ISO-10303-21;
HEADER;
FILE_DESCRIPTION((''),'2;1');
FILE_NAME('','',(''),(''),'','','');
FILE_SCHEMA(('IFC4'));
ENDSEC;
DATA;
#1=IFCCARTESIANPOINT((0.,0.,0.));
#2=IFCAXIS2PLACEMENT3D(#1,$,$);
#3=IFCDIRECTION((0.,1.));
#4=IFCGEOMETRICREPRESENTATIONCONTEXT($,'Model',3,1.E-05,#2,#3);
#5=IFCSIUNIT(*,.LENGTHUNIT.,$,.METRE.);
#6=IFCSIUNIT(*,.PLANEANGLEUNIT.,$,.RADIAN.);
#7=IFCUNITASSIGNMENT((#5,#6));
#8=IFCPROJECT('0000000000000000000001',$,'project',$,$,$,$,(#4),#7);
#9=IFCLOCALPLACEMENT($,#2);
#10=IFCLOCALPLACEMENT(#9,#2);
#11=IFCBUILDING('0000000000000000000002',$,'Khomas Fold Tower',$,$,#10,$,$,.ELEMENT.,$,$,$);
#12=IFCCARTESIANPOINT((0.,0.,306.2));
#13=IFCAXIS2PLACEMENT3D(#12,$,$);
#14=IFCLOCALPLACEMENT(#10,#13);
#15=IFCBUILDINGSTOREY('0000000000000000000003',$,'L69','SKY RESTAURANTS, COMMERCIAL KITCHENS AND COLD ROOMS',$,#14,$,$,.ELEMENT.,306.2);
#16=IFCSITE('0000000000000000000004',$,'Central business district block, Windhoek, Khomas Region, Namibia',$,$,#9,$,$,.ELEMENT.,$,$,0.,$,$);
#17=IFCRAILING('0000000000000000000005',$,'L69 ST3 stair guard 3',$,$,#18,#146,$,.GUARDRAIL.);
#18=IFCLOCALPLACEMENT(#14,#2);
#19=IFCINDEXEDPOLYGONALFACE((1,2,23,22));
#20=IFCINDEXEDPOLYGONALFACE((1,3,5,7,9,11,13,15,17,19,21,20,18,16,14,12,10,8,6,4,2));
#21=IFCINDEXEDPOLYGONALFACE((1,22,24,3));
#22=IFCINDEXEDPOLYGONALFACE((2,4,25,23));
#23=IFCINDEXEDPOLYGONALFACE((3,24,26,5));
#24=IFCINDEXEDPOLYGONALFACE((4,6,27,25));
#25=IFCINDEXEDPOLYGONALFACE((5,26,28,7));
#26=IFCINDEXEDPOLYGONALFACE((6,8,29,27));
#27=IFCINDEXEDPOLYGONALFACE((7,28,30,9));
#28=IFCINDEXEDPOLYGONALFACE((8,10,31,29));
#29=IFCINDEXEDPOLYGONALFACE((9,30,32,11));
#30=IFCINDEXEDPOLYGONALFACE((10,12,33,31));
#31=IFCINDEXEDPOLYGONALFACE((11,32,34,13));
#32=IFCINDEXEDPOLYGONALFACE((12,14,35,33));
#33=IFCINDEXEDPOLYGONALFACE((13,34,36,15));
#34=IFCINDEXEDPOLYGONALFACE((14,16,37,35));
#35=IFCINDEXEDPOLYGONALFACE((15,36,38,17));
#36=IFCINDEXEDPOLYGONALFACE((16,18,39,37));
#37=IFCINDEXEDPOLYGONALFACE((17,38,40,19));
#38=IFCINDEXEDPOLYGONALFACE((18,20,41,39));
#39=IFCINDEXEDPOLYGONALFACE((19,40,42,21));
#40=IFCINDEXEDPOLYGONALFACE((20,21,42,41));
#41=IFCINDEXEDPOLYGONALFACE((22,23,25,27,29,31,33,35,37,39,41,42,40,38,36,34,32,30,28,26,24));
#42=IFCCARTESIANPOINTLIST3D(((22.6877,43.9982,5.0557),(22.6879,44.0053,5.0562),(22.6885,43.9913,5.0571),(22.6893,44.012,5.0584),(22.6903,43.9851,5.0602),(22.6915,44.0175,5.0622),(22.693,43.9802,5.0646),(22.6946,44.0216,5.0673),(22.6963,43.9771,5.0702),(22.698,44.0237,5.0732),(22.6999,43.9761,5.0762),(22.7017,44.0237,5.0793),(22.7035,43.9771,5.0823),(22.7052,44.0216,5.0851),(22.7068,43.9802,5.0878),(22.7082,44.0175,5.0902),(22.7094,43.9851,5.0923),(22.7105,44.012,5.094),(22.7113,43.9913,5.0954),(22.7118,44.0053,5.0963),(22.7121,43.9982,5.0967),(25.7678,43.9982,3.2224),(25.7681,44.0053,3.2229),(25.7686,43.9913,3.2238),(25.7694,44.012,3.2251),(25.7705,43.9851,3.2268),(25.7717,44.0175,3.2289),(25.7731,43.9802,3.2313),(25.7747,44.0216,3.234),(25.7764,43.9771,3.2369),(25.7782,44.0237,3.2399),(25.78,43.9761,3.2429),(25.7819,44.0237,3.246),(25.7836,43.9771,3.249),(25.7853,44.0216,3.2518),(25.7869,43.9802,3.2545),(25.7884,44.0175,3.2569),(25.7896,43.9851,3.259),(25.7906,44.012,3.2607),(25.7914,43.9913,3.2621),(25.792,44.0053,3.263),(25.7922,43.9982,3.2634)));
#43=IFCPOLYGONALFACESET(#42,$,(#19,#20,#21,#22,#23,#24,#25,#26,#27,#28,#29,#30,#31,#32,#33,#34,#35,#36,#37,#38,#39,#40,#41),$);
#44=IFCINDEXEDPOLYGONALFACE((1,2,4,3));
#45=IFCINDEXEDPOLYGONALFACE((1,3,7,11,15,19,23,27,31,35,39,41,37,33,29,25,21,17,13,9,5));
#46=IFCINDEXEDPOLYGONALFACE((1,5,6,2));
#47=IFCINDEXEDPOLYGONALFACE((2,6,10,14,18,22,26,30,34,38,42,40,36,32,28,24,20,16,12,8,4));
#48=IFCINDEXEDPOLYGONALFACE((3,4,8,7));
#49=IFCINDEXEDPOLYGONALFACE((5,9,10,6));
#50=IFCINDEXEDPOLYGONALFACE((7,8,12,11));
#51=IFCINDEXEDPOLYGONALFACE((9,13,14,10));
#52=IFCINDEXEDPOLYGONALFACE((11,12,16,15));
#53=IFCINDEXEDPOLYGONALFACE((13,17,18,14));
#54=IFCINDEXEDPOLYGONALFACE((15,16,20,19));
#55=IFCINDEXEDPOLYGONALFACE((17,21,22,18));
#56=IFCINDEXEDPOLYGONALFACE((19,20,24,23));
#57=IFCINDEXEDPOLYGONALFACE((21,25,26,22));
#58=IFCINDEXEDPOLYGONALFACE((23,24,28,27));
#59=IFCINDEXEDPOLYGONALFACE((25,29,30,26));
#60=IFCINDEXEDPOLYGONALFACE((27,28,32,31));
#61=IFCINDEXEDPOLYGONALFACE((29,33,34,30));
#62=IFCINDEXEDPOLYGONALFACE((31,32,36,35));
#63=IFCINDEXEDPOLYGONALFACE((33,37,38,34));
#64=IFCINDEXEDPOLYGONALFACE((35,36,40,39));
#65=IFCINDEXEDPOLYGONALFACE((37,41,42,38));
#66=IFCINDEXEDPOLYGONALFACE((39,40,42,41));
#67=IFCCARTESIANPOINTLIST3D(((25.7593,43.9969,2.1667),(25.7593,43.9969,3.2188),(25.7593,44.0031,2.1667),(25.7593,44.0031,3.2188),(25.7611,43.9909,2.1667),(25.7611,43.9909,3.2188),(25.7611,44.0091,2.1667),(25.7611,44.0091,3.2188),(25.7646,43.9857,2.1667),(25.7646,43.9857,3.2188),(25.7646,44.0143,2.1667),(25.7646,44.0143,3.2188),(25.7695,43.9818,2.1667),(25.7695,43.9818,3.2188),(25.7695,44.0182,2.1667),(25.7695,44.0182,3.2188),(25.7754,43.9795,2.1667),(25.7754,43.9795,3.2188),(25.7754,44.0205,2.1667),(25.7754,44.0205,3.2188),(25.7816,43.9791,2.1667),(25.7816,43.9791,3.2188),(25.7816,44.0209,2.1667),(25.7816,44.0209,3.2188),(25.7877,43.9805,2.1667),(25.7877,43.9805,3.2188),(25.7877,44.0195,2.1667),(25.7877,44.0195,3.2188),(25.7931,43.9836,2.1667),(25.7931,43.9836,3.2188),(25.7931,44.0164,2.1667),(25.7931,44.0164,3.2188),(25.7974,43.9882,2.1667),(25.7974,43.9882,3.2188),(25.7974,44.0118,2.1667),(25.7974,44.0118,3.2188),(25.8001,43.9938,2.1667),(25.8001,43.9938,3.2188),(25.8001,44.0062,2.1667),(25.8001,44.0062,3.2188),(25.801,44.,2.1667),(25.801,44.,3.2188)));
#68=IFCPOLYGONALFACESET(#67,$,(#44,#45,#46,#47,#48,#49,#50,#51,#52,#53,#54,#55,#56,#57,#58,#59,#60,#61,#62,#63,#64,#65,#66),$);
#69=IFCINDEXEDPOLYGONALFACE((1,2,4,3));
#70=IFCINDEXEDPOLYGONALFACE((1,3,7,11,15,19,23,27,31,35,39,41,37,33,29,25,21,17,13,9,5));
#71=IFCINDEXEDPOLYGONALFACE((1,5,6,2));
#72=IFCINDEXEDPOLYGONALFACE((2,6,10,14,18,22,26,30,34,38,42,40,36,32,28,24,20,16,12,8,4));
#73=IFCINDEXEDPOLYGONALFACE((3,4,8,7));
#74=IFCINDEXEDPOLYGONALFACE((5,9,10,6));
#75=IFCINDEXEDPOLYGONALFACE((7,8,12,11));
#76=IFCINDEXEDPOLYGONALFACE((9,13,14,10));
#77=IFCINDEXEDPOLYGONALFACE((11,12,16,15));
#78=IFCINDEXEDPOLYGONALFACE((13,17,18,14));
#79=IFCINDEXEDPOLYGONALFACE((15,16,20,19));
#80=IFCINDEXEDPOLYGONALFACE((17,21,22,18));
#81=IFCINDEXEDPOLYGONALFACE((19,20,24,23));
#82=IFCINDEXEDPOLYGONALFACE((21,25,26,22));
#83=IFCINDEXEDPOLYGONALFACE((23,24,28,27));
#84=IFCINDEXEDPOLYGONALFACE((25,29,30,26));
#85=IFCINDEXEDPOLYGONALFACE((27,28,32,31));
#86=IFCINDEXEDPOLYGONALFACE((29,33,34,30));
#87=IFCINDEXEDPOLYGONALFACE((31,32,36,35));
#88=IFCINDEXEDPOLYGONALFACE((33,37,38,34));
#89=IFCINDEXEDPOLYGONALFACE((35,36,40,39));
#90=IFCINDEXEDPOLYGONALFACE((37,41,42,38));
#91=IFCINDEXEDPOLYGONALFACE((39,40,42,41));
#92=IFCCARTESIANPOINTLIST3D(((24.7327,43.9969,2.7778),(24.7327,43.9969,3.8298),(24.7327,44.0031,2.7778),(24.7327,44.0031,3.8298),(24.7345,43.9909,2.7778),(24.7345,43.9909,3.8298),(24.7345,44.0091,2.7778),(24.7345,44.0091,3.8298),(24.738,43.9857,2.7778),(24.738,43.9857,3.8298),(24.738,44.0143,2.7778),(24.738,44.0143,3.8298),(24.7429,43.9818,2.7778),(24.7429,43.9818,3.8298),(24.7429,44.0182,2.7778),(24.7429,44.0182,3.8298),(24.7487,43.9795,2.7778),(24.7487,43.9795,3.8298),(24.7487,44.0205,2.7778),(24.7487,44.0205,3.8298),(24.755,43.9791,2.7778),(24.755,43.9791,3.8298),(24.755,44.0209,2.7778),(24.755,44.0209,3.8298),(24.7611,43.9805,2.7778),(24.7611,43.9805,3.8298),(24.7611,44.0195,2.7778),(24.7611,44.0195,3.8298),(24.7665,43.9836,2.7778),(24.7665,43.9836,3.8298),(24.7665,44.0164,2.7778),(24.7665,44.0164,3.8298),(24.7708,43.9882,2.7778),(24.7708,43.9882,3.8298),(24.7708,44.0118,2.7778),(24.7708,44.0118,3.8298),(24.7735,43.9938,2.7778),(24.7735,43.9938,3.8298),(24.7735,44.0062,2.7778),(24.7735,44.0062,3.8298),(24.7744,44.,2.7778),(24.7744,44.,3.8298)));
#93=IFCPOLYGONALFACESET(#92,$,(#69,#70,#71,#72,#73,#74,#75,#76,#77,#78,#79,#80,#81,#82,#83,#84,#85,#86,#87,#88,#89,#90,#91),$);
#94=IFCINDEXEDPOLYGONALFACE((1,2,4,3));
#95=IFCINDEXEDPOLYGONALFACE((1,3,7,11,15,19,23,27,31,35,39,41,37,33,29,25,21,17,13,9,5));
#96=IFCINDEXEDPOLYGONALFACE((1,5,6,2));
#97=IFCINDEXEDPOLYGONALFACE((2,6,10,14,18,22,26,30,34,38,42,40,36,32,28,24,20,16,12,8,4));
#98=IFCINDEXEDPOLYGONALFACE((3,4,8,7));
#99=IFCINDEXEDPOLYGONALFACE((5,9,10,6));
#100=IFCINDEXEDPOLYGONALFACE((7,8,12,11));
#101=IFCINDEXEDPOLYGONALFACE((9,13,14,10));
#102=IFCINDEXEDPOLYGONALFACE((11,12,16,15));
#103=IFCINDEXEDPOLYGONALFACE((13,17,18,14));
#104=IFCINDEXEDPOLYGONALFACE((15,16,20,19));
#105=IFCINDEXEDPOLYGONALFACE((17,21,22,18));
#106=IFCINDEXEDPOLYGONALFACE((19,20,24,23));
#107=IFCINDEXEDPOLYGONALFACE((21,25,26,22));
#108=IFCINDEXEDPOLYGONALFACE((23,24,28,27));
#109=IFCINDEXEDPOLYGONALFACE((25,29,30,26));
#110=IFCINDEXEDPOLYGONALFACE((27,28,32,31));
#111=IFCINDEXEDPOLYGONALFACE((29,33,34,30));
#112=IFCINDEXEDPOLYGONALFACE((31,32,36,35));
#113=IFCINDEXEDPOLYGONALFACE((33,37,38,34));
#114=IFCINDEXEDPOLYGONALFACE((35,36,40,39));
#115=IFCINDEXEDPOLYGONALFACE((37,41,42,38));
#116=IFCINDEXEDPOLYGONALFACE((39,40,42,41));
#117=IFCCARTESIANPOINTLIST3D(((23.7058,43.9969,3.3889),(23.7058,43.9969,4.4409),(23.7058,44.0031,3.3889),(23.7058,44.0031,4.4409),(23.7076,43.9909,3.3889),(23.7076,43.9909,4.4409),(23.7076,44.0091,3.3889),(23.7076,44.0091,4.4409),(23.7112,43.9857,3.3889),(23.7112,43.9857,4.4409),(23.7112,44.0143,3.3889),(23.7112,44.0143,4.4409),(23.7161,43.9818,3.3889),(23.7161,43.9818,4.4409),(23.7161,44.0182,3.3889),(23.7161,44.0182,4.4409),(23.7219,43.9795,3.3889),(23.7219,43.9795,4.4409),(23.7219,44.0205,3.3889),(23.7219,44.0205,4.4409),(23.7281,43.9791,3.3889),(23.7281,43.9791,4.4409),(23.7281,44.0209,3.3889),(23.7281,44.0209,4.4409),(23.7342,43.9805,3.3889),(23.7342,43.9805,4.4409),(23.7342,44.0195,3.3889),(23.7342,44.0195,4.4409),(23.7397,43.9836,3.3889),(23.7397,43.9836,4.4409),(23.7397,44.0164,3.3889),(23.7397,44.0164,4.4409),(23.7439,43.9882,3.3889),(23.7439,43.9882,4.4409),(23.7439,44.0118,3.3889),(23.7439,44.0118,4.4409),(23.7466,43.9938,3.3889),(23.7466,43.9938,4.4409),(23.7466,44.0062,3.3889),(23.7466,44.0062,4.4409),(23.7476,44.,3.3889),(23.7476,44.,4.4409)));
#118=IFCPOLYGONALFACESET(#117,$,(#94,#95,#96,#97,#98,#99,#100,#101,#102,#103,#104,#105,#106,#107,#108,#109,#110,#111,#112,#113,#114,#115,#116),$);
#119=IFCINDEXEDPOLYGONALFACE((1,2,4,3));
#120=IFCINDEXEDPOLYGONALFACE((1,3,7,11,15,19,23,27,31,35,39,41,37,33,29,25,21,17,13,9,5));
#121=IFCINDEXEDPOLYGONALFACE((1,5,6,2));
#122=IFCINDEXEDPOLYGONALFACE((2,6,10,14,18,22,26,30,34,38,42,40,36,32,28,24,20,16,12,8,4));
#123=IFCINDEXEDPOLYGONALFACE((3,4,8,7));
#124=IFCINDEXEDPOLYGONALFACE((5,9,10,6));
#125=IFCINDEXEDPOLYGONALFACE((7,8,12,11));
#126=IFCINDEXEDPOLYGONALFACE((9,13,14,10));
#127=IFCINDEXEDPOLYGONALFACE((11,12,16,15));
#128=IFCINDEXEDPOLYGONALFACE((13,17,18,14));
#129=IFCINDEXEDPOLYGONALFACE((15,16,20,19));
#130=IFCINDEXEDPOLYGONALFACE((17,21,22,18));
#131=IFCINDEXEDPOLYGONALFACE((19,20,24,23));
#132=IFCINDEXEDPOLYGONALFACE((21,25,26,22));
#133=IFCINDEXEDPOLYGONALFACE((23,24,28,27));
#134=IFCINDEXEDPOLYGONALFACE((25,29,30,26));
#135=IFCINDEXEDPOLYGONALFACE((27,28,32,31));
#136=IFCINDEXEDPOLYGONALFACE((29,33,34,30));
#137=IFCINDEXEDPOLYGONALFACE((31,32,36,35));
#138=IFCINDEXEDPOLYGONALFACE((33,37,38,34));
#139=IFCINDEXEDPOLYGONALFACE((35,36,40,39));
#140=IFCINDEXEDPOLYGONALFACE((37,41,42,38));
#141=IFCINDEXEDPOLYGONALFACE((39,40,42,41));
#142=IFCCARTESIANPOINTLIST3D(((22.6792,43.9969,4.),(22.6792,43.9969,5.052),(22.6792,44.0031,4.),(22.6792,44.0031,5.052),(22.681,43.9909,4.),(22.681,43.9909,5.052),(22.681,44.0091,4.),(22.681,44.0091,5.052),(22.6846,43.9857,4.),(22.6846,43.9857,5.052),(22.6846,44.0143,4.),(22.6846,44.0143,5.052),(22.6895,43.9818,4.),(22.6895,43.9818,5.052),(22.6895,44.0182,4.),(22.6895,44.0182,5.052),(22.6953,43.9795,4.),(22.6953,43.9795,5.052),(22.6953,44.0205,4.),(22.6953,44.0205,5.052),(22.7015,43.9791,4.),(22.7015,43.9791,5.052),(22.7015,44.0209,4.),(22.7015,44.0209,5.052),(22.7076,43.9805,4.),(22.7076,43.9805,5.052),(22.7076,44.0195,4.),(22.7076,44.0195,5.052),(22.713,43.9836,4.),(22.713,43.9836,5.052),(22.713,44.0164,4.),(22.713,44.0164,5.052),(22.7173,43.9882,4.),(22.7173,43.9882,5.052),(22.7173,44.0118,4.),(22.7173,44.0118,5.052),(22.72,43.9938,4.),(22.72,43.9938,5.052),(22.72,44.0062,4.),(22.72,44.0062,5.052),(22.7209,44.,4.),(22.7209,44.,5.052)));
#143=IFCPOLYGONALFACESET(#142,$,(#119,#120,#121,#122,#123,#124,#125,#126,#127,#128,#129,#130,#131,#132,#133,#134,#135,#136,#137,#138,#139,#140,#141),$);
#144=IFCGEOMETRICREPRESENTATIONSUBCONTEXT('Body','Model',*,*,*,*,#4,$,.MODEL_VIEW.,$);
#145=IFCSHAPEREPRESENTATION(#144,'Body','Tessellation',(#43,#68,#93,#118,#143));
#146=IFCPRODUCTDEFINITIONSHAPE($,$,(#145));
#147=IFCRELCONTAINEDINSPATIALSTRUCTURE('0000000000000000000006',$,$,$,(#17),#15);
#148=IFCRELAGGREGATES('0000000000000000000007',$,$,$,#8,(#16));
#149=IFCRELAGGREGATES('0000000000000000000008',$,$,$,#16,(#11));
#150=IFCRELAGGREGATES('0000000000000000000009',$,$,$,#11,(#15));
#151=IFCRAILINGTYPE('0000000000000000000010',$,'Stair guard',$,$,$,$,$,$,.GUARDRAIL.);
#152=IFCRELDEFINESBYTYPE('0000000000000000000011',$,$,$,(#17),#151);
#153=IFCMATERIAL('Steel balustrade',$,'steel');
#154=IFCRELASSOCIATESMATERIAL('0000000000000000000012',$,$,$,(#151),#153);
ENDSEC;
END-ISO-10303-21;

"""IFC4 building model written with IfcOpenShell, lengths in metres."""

from ifc_helpers import new_model, si_unit, direction, frame, origin, origin_2d, place, context, subcontext, project, spatial, circle, extrude, source, transform, mapped, material, type_object, element, save


model = new_model("IFC4")

# Units and contexts
model_context = context("Model", 3, precision=1e-05, world=origin(), true_north=direction((0.0, 1.0)))
body_context = subcontext(model_context, "Body", "Model", "MODEL_VIEW")
ifc_project = project(units=[si_unit("LENGTHUNIT", "METRE"), si_unit("PLANEANGLEUNIT", "RADIAN")], contexts=[model_context])

# Site, building, storey
site_placement = place(None, origin())
site = spatial("IfcSite", under=ifc_project, at=site_placement, Name="Central business district block, Windhoek, Khomas Region, Namibia", CompositionType="ELEMENT", RefElevation=0.0)
building_placement = place(site_placement, origin())
building = spatial("IfcBuilding", under=site, at=building_placement, Name="Khomas Fold Tower", CompositionType="ELEMENT")
storey_placement = place(building_placement, frame((0.0, 0.0, 306.2)))
storey = spatial("IfcBuildingStorey", under=building, at=storey_placement, Name="L69", Description="SKY RESTAURANTS, COMMERCIAL KITCHENS AND COLD ROOMS", CompositionType="ELEMENT", Elevation=306.2)

# Railing
ifc_material_1 = material(Name="Steel balustrade", Category="steel")
railing_type_1 = type_object("IfcRailingType", Name="Stair guard", PredefinedType="GUARDRAIL", material=ifc_material_1)
shared_shape_1 = source(origin(), body_context, "Body", "SweptSolid", [
    extrude(circle(Radius=0.0239, at=origin_2d()), frame((0.0, 0.0, 1.0762), z_axis=(-0.859309, 0.0, 0.511458), x_axis=(0.0, -1.0, 0.0)), (0.0, 0.0, 1.0), 3.5845),
    extrude(circle(Radius=0.021, at=origin_2d()), origin(), (0.0, 0.0, 1.0), 1.052),
    extrude(circle(Radius=0.021, at=origin_2d()), frame((-1.0266, 0.0, 0.6111)), (0.0, 0.0, 1.0), 1.052),
    extrude(circle(Radius=0.021, at=origin_2d()), frame((-2.0535, 0.0, 1.2222)), (0.0, 0.0, 1.0), 1.052),
    extrude(circle(Radius=0.021, at=origin_2d()), frame((-3.0801, 0.0, 1.8333)), (0.0, 0.0, 1.0), 1.052),
])
railing_1_placement = place(storey_placement, frame((25.78, 44.0, 2.1667)))
element("IfcRailing", 1, at=railing_1_placement, inside=storey, type_object=railing_type_1, Name="L69 ST3 stair guard 3", PredefinedType="GUARDRAIL", context=body_context, shape_type="MappedRepresentation", body=[
    mapped(shared_shape_1, transform((0.0, 0.0, 0.0))),
])

save(model, "model.ifc")
